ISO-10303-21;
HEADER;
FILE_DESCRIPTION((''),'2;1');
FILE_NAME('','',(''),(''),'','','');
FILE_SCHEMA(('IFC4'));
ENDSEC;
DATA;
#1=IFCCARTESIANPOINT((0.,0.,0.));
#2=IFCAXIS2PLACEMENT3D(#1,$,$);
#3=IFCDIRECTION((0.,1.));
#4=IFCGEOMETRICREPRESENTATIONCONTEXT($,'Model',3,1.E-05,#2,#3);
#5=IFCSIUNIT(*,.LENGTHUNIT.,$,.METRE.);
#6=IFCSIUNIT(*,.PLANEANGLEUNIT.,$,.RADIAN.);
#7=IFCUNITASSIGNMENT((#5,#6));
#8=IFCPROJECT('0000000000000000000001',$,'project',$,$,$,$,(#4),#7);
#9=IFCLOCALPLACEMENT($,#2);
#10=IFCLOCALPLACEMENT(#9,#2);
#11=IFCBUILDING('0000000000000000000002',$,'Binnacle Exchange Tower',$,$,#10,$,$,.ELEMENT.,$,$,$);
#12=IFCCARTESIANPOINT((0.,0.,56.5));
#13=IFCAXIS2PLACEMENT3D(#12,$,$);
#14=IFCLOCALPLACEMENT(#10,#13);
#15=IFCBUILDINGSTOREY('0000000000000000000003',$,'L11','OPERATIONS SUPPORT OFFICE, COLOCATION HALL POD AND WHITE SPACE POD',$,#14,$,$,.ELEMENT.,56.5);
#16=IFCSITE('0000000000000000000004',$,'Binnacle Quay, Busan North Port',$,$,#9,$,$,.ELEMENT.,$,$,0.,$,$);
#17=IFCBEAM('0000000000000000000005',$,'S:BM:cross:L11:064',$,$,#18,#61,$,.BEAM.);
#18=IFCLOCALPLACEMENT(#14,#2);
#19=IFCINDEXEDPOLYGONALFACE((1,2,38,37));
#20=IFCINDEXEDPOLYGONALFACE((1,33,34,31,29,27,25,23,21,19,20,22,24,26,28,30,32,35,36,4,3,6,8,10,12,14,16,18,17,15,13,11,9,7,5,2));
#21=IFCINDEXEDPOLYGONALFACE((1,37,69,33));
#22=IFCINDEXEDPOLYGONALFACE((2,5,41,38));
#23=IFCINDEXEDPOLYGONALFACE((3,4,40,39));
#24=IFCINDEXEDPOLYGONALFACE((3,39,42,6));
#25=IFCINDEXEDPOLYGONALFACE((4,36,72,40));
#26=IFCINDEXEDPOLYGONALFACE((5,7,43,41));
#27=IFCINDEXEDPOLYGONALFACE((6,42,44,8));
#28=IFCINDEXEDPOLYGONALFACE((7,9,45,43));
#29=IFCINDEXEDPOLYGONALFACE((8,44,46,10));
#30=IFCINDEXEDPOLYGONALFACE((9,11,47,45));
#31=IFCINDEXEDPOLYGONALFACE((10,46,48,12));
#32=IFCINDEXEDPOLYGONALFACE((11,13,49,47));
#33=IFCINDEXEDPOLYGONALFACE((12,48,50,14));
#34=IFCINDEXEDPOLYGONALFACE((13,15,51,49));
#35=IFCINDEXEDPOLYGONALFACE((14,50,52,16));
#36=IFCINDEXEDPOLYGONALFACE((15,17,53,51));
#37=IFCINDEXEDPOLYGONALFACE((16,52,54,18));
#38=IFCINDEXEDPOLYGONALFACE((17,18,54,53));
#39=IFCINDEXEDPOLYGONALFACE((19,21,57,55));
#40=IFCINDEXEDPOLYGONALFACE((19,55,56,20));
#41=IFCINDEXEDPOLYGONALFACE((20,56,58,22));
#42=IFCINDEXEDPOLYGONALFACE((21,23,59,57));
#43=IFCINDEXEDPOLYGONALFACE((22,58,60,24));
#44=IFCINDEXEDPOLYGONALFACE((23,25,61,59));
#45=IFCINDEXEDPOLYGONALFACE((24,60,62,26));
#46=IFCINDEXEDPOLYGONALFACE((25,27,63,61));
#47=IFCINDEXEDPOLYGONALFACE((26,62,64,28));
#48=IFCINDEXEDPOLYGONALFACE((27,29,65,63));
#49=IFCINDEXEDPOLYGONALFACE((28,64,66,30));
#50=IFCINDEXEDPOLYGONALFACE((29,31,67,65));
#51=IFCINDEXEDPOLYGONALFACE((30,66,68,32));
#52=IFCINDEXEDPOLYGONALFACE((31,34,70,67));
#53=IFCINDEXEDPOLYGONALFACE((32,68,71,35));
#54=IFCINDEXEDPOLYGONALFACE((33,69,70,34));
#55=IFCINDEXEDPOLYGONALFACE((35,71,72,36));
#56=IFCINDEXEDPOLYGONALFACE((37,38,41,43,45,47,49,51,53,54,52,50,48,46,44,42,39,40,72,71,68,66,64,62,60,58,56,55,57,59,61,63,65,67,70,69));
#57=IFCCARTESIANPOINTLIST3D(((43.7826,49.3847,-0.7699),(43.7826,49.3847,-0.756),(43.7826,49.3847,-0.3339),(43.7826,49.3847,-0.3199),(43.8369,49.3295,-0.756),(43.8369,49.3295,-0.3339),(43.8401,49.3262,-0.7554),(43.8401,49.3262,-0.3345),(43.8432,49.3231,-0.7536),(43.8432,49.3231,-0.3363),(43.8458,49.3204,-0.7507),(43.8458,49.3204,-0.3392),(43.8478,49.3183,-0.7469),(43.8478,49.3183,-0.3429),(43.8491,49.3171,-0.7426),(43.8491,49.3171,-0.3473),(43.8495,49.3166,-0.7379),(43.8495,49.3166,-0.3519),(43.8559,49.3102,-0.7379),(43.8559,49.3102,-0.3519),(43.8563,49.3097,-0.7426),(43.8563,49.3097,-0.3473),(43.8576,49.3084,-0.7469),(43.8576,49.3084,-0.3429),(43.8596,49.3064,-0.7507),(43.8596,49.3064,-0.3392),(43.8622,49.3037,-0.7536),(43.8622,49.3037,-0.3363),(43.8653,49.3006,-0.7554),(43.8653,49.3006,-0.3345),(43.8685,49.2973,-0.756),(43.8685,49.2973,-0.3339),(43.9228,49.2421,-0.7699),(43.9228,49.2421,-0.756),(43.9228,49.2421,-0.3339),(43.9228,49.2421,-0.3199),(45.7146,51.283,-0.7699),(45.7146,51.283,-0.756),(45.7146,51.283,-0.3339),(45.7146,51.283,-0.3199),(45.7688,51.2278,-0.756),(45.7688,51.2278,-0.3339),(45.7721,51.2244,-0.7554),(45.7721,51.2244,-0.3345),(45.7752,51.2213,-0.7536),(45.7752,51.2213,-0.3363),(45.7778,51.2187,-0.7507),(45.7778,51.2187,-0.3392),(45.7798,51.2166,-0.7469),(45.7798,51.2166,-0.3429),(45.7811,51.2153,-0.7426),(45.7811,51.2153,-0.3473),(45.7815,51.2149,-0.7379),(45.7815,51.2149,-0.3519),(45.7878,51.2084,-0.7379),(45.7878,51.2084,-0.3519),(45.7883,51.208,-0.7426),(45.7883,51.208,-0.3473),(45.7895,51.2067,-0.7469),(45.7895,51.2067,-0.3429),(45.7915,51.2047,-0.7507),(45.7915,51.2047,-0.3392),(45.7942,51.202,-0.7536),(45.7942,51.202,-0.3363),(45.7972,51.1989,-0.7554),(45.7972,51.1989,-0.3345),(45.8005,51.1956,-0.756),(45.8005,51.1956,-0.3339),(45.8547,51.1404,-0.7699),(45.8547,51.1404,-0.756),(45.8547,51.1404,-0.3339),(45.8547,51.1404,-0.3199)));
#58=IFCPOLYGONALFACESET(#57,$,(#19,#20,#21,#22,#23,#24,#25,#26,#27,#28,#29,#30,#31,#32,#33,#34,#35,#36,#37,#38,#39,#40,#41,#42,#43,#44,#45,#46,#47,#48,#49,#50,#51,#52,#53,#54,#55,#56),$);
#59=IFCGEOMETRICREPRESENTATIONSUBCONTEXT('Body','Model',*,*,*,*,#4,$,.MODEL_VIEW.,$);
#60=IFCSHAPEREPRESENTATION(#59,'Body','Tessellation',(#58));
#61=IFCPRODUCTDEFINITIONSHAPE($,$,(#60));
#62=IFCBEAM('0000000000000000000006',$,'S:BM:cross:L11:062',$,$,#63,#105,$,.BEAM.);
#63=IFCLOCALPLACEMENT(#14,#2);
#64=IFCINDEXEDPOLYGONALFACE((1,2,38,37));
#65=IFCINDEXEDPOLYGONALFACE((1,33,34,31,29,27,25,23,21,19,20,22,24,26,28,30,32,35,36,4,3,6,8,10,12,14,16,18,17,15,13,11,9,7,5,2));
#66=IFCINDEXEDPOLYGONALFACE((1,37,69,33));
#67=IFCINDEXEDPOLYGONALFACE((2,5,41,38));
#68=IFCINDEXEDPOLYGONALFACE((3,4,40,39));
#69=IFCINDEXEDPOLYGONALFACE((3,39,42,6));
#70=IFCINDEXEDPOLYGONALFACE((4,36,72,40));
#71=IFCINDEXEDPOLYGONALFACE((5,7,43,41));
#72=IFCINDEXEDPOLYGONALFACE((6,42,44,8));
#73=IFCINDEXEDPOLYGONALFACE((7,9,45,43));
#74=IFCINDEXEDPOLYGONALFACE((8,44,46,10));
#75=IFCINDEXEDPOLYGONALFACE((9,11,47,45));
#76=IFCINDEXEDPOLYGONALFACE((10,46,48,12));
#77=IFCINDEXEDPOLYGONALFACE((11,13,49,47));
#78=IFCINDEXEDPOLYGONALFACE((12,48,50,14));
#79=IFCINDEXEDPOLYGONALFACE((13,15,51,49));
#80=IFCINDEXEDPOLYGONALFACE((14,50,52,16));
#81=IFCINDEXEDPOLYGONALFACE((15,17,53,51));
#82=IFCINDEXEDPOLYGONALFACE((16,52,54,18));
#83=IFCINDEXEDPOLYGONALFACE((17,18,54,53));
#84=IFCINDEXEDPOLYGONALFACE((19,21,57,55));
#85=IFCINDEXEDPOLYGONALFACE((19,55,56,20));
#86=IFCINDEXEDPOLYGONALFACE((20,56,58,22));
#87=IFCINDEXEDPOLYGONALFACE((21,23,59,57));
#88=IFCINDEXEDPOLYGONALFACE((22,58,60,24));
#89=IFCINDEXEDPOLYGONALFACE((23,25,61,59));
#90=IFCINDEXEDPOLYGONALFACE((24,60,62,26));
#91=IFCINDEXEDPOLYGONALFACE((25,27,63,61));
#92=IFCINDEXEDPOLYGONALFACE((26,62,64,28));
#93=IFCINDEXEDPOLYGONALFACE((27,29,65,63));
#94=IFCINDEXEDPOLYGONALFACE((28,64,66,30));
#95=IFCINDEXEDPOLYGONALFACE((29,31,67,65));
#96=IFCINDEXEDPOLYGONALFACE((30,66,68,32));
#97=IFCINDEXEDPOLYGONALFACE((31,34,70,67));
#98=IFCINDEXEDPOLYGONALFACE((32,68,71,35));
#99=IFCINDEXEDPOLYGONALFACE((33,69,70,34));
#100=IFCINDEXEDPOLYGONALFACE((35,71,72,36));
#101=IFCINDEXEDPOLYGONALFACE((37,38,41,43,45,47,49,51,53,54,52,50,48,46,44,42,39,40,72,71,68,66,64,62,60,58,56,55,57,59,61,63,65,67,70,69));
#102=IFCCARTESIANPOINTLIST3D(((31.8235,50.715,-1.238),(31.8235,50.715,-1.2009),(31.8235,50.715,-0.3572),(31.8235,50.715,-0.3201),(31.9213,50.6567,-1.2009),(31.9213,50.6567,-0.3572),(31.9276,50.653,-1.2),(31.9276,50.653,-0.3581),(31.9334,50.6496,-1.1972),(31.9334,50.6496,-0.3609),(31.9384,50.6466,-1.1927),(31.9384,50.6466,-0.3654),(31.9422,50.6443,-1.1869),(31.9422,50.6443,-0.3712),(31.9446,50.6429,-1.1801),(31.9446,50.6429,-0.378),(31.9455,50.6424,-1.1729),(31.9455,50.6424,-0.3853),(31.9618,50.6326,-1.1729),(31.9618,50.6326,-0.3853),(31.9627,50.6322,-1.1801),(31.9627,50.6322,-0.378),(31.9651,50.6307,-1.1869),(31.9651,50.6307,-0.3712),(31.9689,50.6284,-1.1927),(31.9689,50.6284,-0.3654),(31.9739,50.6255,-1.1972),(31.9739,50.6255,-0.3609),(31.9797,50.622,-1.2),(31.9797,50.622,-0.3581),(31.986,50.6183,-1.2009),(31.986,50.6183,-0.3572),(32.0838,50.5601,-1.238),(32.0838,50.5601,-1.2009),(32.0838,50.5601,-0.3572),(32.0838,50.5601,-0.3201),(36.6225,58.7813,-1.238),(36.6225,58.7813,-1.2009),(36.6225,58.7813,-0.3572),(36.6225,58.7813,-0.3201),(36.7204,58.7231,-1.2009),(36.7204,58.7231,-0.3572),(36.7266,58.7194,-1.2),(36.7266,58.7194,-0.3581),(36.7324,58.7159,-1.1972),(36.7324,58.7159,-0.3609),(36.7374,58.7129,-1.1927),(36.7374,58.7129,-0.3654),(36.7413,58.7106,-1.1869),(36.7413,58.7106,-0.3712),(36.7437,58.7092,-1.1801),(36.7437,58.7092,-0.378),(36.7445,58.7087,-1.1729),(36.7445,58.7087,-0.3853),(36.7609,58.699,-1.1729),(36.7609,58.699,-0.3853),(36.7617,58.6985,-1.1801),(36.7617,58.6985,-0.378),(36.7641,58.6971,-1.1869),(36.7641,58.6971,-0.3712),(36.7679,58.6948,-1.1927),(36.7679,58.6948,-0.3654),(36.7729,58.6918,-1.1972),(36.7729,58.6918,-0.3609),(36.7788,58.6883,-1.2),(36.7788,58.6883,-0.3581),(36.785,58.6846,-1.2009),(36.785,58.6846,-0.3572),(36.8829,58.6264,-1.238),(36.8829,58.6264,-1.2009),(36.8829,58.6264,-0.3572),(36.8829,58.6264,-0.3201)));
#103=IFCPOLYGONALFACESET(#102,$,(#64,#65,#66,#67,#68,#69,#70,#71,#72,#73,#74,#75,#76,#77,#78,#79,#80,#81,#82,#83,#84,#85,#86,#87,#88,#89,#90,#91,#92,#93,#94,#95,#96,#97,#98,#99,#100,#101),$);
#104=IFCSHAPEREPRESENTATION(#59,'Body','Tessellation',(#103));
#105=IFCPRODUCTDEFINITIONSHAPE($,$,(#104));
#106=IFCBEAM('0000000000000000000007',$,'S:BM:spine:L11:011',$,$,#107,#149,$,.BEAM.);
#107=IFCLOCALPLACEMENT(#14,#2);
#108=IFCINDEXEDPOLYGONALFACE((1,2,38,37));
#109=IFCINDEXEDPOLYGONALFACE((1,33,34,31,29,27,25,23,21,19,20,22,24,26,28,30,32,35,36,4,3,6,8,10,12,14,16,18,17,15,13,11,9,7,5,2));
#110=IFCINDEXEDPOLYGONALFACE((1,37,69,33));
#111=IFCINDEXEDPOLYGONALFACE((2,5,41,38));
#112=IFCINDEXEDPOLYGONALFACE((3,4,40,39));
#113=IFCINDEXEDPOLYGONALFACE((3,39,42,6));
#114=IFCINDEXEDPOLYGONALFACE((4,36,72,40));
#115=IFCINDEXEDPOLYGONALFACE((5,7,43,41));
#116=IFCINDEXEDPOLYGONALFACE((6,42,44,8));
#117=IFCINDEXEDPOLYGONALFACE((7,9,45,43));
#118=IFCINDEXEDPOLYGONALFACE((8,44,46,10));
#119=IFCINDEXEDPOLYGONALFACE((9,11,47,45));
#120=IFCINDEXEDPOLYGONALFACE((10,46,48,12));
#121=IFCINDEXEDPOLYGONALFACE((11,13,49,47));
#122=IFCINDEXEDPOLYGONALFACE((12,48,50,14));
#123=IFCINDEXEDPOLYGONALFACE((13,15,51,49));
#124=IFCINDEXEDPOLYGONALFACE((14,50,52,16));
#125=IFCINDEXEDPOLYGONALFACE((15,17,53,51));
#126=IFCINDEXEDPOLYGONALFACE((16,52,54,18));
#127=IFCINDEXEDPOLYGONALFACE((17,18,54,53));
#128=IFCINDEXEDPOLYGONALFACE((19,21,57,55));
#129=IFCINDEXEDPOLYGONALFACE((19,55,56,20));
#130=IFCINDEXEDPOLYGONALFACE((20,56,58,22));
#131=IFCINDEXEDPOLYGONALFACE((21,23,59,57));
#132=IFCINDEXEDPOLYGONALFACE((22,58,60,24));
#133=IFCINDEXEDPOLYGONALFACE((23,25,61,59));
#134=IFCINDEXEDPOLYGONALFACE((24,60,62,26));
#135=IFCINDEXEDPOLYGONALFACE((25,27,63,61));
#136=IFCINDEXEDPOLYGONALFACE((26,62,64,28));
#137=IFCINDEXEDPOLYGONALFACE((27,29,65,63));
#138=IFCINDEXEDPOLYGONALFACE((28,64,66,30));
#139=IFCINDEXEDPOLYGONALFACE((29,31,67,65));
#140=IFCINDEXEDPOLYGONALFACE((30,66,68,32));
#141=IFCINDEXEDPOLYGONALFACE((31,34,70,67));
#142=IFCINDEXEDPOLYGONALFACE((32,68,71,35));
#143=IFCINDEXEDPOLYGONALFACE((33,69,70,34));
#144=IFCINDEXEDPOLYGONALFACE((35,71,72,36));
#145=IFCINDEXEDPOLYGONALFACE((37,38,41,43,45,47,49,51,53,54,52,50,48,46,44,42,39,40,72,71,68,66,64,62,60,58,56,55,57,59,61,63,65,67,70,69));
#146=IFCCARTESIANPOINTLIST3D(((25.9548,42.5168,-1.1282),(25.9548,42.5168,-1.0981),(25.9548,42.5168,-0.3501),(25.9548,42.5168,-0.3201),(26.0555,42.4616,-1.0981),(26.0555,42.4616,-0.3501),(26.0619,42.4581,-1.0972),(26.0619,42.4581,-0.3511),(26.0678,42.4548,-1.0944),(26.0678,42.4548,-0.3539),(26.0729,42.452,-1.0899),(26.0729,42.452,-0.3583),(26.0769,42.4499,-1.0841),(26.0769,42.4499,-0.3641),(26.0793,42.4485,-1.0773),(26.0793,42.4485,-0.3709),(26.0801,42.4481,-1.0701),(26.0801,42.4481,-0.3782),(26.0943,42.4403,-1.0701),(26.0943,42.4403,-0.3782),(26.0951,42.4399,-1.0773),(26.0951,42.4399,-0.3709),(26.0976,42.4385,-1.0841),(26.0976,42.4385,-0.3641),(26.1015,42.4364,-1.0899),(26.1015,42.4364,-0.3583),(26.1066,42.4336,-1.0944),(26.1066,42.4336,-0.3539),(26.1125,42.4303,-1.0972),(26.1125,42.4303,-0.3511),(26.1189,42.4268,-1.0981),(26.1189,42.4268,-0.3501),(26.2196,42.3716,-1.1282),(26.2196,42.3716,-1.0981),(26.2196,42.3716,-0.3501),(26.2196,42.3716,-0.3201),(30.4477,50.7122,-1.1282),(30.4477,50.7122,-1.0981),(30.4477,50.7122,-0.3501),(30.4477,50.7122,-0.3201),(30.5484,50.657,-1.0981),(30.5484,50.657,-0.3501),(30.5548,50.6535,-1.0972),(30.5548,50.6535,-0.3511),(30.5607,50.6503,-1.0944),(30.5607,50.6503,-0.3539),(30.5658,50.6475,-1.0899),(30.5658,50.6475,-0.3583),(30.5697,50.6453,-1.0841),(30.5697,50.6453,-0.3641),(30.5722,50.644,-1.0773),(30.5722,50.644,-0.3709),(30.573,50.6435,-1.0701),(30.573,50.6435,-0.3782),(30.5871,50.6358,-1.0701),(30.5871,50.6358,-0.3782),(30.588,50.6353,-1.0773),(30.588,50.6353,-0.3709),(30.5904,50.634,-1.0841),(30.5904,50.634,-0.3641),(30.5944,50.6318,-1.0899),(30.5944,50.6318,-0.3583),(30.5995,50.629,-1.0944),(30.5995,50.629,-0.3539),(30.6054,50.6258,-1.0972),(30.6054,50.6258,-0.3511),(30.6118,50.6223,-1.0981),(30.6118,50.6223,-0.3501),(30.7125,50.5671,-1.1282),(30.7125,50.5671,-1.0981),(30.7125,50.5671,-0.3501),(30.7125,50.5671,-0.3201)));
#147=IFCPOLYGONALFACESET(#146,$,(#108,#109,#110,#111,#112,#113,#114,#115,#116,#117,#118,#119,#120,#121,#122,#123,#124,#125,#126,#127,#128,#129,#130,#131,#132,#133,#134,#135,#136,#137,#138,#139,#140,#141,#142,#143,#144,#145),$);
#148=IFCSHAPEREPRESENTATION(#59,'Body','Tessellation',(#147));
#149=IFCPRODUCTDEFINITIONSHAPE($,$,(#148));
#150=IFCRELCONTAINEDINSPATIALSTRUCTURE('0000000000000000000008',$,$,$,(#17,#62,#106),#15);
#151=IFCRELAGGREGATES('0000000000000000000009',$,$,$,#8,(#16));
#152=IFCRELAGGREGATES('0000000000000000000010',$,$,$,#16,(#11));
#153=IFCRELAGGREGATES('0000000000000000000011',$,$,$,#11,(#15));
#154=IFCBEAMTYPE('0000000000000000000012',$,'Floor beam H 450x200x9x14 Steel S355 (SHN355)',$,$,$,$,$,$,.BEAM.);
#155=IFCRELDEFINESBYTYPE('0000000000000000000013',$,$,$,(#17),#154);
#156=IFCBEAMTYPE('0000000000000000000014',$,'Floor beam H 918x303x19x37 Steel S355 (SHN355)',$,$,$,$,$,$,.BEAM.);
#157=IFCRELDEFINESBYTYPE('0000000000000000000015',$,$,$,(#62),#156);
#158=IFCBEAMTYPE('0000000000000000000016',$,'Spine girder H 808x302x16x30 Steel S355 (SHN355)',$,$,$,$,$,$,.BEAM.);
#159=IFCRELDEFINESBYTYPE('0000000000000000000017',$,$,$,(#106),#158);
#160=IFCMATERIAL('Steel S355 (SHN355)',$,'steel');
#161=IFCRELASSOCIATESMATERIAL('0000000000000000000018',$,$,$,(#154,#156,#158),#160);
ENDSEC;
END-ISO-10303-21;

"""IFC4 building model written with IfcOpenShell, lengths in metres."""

from ifc_helpers import new_model, si_unit, direction, frame, origin, origin_2d, place, context, subcontext, project, spatial, i_section, extrude, material, material_profile, profile_set, type_object, element, save


model = new_model("IFC4")

# Units and contexts
model_context = context("Model", 3, precision=1e-05, world=origin(), true_north=direction((0.0, 1.0)))
body_context = subcontext(model_context, "Body", "Model", "MODEL_VIEW")
ifc_project = project(units=[si_unit("LENGTHUNIT", "METRE"), si_unit("PLANEANGLEUNIT", "RADIAN")], contexts=[model_context])

# Site, building, storey
site_placement = place(None, origin())
site = spatial("IfcSite", under=ifc_project, at=site_placement, Name="Binnacle Quay, Busan North Port", CompositionType="ELEMENT", RefElevation=0.0)
building_placement = place(site_placement, origin())
building = spatial("IfcBuilding", under=site, at=building_placement, Name="Binnacle Exchange Tower", CompositionType="ELEMENT")
storey_placement = place(building_placement, frame((0.0, 0.0, 56.5)))
storey = spatial("IfcBuildingStorey", under=building, at=storey_placement, Name="L11", Description="OPERATIONS SUPPORT OFFICE, COLOCATION HALL POD AND WHITE SPACE POD", CompositionType="ELEMENT", Elevation=56.5)

# Beams
ifc_material_1 = material(Name="Steel S355 (SHN355)", Category="steel")
ifc_material_profile_1 = material_profile(ifc_material_1, i_section(OverallWidth=0.2, OverallDepth=0.45, WebThickness=0.009, FlangeThickness=0.0139, FilletRadius=0.0181, at=origin_2d()), Name="H 450x200x9x14")
ifc_profile_set_1 = profile_set([ifc_material_profile_1], Name="Steel S355 (SHN355)")
beam_type_1 = type_object("IfcBeamType", Name="Floor beam H 450x200x9x14 Steel S355 (SHN355)", PredefinedType="BEAM", material=ifc_profile_set_1)
beam_1_placement = place(storey_placement, frame((45.7847, 51.2117, -0.5449), z_axis=(-0.713299, -0.70086, 0.0), x_axis=(0.70086, -0.713299, 0.0)))
element("IfcBeam", 1, at=beam_1_placement, inside=storey, type_object=beam_type_1, Name="S:BM:cross:L11:064", PredefinedType="BEAM", context=body_context, shape_type="SweptSolid", body=[
    extrude(i_section(OverallWidth=0.2, OverallDepth=0.45, WebThickness=0.009, FlangeThickness=0.0139, FilletRadius=0.0181, at=origin_2d()), origin(), (0.0, 0.0, 1.0), 2.7085),
])
ifc_material_profile_2 = material_profile(ifc_material_1, i_section(OverallWidth=0.303, OverallDepth=0.918, WebThickness=0.019, FlangeThickness=0.0371, FilletRadius=0.0281, at=origin_2d()), Name="H 918x303x19x37")
ifc_profile_set_2 = profile_set([ifc_material_profile_2], Name="Steel S355 (SHN355)")
beam_type_2 = type_object("IfcBeamType", Name="Floor beam H 918x303x19x37 Steel S355 (SHN355)", PredefinedType="BEAM", material=ifc_profile_set_2)
beam_2_placement = place(storey_placement, frame((36.7527, 58.7039, -0.7791), z_axis=(-0.511298, -0.859403, 0.0), x_axis=(0.859403, -0.511298, 0.0)))
element("IfcBeam", 2, at=beam_2_placement, inside=storey, type_object=beam_type_2, Name="S:BM:cross:L11:062", PredefinedType="BEAM", context=body_context, shape_type="SweptSolid", body=[
    extrude(i_section(OverallWidth=0.303, OverallDepth=0.918, WebThickness=0.019, FlangeThickness=0.0371, FilletRadius=0.0281, at=origin_2d()), origin(), (0.0, 0.0, 1.0), 9.386),
])
ifc_material_profile_3 = material_profile(ifc_material_1, i_section(OverallWidth=0.302, OverallDepth=0.8081, WebThickness=0.0161, FlangeThickness=0.03, FilletRadius=0.0281, at=origin_2d()), Name="H 808x302x16x30")
ifc_profile_set_3 = profile_set([ifc_material_profile_3], Name="Steel S355 (SHN355)")
beam_type_3 = type_object("IfcBeamType", Name="Spine girder H 808x302x16x30 Steel S355 (SHN355)", PredefinedType="BEAM", material=ifc_profile_set_3)
beam_3_placement = place(storey_placement, frame((30.5801, 50.6396, -0.7241), z_axis=(-0.480716, -0.876876, 0.0), x_axis=(0.876876, -0.480716, 0.0)))
element("IfcBeam", 3, at=beam_3_placement, inside=storey, type_object=beam_type_3, Name="S:BM:spine:L11:011", PredefinedType="BEAM", context=body_context, shape_type="SweptSolid", body=[
    extrude(i_section(OverallWidth=0.302, OverallDepth=0.8081, WebThickness=0.0161, FlangeThickness=0.03, FilletRadius=0.0281, at=origin_2d()), origin(), (0.0, 0.0, 1.0), 9.3462),
])

save(model, "model.ifc")
